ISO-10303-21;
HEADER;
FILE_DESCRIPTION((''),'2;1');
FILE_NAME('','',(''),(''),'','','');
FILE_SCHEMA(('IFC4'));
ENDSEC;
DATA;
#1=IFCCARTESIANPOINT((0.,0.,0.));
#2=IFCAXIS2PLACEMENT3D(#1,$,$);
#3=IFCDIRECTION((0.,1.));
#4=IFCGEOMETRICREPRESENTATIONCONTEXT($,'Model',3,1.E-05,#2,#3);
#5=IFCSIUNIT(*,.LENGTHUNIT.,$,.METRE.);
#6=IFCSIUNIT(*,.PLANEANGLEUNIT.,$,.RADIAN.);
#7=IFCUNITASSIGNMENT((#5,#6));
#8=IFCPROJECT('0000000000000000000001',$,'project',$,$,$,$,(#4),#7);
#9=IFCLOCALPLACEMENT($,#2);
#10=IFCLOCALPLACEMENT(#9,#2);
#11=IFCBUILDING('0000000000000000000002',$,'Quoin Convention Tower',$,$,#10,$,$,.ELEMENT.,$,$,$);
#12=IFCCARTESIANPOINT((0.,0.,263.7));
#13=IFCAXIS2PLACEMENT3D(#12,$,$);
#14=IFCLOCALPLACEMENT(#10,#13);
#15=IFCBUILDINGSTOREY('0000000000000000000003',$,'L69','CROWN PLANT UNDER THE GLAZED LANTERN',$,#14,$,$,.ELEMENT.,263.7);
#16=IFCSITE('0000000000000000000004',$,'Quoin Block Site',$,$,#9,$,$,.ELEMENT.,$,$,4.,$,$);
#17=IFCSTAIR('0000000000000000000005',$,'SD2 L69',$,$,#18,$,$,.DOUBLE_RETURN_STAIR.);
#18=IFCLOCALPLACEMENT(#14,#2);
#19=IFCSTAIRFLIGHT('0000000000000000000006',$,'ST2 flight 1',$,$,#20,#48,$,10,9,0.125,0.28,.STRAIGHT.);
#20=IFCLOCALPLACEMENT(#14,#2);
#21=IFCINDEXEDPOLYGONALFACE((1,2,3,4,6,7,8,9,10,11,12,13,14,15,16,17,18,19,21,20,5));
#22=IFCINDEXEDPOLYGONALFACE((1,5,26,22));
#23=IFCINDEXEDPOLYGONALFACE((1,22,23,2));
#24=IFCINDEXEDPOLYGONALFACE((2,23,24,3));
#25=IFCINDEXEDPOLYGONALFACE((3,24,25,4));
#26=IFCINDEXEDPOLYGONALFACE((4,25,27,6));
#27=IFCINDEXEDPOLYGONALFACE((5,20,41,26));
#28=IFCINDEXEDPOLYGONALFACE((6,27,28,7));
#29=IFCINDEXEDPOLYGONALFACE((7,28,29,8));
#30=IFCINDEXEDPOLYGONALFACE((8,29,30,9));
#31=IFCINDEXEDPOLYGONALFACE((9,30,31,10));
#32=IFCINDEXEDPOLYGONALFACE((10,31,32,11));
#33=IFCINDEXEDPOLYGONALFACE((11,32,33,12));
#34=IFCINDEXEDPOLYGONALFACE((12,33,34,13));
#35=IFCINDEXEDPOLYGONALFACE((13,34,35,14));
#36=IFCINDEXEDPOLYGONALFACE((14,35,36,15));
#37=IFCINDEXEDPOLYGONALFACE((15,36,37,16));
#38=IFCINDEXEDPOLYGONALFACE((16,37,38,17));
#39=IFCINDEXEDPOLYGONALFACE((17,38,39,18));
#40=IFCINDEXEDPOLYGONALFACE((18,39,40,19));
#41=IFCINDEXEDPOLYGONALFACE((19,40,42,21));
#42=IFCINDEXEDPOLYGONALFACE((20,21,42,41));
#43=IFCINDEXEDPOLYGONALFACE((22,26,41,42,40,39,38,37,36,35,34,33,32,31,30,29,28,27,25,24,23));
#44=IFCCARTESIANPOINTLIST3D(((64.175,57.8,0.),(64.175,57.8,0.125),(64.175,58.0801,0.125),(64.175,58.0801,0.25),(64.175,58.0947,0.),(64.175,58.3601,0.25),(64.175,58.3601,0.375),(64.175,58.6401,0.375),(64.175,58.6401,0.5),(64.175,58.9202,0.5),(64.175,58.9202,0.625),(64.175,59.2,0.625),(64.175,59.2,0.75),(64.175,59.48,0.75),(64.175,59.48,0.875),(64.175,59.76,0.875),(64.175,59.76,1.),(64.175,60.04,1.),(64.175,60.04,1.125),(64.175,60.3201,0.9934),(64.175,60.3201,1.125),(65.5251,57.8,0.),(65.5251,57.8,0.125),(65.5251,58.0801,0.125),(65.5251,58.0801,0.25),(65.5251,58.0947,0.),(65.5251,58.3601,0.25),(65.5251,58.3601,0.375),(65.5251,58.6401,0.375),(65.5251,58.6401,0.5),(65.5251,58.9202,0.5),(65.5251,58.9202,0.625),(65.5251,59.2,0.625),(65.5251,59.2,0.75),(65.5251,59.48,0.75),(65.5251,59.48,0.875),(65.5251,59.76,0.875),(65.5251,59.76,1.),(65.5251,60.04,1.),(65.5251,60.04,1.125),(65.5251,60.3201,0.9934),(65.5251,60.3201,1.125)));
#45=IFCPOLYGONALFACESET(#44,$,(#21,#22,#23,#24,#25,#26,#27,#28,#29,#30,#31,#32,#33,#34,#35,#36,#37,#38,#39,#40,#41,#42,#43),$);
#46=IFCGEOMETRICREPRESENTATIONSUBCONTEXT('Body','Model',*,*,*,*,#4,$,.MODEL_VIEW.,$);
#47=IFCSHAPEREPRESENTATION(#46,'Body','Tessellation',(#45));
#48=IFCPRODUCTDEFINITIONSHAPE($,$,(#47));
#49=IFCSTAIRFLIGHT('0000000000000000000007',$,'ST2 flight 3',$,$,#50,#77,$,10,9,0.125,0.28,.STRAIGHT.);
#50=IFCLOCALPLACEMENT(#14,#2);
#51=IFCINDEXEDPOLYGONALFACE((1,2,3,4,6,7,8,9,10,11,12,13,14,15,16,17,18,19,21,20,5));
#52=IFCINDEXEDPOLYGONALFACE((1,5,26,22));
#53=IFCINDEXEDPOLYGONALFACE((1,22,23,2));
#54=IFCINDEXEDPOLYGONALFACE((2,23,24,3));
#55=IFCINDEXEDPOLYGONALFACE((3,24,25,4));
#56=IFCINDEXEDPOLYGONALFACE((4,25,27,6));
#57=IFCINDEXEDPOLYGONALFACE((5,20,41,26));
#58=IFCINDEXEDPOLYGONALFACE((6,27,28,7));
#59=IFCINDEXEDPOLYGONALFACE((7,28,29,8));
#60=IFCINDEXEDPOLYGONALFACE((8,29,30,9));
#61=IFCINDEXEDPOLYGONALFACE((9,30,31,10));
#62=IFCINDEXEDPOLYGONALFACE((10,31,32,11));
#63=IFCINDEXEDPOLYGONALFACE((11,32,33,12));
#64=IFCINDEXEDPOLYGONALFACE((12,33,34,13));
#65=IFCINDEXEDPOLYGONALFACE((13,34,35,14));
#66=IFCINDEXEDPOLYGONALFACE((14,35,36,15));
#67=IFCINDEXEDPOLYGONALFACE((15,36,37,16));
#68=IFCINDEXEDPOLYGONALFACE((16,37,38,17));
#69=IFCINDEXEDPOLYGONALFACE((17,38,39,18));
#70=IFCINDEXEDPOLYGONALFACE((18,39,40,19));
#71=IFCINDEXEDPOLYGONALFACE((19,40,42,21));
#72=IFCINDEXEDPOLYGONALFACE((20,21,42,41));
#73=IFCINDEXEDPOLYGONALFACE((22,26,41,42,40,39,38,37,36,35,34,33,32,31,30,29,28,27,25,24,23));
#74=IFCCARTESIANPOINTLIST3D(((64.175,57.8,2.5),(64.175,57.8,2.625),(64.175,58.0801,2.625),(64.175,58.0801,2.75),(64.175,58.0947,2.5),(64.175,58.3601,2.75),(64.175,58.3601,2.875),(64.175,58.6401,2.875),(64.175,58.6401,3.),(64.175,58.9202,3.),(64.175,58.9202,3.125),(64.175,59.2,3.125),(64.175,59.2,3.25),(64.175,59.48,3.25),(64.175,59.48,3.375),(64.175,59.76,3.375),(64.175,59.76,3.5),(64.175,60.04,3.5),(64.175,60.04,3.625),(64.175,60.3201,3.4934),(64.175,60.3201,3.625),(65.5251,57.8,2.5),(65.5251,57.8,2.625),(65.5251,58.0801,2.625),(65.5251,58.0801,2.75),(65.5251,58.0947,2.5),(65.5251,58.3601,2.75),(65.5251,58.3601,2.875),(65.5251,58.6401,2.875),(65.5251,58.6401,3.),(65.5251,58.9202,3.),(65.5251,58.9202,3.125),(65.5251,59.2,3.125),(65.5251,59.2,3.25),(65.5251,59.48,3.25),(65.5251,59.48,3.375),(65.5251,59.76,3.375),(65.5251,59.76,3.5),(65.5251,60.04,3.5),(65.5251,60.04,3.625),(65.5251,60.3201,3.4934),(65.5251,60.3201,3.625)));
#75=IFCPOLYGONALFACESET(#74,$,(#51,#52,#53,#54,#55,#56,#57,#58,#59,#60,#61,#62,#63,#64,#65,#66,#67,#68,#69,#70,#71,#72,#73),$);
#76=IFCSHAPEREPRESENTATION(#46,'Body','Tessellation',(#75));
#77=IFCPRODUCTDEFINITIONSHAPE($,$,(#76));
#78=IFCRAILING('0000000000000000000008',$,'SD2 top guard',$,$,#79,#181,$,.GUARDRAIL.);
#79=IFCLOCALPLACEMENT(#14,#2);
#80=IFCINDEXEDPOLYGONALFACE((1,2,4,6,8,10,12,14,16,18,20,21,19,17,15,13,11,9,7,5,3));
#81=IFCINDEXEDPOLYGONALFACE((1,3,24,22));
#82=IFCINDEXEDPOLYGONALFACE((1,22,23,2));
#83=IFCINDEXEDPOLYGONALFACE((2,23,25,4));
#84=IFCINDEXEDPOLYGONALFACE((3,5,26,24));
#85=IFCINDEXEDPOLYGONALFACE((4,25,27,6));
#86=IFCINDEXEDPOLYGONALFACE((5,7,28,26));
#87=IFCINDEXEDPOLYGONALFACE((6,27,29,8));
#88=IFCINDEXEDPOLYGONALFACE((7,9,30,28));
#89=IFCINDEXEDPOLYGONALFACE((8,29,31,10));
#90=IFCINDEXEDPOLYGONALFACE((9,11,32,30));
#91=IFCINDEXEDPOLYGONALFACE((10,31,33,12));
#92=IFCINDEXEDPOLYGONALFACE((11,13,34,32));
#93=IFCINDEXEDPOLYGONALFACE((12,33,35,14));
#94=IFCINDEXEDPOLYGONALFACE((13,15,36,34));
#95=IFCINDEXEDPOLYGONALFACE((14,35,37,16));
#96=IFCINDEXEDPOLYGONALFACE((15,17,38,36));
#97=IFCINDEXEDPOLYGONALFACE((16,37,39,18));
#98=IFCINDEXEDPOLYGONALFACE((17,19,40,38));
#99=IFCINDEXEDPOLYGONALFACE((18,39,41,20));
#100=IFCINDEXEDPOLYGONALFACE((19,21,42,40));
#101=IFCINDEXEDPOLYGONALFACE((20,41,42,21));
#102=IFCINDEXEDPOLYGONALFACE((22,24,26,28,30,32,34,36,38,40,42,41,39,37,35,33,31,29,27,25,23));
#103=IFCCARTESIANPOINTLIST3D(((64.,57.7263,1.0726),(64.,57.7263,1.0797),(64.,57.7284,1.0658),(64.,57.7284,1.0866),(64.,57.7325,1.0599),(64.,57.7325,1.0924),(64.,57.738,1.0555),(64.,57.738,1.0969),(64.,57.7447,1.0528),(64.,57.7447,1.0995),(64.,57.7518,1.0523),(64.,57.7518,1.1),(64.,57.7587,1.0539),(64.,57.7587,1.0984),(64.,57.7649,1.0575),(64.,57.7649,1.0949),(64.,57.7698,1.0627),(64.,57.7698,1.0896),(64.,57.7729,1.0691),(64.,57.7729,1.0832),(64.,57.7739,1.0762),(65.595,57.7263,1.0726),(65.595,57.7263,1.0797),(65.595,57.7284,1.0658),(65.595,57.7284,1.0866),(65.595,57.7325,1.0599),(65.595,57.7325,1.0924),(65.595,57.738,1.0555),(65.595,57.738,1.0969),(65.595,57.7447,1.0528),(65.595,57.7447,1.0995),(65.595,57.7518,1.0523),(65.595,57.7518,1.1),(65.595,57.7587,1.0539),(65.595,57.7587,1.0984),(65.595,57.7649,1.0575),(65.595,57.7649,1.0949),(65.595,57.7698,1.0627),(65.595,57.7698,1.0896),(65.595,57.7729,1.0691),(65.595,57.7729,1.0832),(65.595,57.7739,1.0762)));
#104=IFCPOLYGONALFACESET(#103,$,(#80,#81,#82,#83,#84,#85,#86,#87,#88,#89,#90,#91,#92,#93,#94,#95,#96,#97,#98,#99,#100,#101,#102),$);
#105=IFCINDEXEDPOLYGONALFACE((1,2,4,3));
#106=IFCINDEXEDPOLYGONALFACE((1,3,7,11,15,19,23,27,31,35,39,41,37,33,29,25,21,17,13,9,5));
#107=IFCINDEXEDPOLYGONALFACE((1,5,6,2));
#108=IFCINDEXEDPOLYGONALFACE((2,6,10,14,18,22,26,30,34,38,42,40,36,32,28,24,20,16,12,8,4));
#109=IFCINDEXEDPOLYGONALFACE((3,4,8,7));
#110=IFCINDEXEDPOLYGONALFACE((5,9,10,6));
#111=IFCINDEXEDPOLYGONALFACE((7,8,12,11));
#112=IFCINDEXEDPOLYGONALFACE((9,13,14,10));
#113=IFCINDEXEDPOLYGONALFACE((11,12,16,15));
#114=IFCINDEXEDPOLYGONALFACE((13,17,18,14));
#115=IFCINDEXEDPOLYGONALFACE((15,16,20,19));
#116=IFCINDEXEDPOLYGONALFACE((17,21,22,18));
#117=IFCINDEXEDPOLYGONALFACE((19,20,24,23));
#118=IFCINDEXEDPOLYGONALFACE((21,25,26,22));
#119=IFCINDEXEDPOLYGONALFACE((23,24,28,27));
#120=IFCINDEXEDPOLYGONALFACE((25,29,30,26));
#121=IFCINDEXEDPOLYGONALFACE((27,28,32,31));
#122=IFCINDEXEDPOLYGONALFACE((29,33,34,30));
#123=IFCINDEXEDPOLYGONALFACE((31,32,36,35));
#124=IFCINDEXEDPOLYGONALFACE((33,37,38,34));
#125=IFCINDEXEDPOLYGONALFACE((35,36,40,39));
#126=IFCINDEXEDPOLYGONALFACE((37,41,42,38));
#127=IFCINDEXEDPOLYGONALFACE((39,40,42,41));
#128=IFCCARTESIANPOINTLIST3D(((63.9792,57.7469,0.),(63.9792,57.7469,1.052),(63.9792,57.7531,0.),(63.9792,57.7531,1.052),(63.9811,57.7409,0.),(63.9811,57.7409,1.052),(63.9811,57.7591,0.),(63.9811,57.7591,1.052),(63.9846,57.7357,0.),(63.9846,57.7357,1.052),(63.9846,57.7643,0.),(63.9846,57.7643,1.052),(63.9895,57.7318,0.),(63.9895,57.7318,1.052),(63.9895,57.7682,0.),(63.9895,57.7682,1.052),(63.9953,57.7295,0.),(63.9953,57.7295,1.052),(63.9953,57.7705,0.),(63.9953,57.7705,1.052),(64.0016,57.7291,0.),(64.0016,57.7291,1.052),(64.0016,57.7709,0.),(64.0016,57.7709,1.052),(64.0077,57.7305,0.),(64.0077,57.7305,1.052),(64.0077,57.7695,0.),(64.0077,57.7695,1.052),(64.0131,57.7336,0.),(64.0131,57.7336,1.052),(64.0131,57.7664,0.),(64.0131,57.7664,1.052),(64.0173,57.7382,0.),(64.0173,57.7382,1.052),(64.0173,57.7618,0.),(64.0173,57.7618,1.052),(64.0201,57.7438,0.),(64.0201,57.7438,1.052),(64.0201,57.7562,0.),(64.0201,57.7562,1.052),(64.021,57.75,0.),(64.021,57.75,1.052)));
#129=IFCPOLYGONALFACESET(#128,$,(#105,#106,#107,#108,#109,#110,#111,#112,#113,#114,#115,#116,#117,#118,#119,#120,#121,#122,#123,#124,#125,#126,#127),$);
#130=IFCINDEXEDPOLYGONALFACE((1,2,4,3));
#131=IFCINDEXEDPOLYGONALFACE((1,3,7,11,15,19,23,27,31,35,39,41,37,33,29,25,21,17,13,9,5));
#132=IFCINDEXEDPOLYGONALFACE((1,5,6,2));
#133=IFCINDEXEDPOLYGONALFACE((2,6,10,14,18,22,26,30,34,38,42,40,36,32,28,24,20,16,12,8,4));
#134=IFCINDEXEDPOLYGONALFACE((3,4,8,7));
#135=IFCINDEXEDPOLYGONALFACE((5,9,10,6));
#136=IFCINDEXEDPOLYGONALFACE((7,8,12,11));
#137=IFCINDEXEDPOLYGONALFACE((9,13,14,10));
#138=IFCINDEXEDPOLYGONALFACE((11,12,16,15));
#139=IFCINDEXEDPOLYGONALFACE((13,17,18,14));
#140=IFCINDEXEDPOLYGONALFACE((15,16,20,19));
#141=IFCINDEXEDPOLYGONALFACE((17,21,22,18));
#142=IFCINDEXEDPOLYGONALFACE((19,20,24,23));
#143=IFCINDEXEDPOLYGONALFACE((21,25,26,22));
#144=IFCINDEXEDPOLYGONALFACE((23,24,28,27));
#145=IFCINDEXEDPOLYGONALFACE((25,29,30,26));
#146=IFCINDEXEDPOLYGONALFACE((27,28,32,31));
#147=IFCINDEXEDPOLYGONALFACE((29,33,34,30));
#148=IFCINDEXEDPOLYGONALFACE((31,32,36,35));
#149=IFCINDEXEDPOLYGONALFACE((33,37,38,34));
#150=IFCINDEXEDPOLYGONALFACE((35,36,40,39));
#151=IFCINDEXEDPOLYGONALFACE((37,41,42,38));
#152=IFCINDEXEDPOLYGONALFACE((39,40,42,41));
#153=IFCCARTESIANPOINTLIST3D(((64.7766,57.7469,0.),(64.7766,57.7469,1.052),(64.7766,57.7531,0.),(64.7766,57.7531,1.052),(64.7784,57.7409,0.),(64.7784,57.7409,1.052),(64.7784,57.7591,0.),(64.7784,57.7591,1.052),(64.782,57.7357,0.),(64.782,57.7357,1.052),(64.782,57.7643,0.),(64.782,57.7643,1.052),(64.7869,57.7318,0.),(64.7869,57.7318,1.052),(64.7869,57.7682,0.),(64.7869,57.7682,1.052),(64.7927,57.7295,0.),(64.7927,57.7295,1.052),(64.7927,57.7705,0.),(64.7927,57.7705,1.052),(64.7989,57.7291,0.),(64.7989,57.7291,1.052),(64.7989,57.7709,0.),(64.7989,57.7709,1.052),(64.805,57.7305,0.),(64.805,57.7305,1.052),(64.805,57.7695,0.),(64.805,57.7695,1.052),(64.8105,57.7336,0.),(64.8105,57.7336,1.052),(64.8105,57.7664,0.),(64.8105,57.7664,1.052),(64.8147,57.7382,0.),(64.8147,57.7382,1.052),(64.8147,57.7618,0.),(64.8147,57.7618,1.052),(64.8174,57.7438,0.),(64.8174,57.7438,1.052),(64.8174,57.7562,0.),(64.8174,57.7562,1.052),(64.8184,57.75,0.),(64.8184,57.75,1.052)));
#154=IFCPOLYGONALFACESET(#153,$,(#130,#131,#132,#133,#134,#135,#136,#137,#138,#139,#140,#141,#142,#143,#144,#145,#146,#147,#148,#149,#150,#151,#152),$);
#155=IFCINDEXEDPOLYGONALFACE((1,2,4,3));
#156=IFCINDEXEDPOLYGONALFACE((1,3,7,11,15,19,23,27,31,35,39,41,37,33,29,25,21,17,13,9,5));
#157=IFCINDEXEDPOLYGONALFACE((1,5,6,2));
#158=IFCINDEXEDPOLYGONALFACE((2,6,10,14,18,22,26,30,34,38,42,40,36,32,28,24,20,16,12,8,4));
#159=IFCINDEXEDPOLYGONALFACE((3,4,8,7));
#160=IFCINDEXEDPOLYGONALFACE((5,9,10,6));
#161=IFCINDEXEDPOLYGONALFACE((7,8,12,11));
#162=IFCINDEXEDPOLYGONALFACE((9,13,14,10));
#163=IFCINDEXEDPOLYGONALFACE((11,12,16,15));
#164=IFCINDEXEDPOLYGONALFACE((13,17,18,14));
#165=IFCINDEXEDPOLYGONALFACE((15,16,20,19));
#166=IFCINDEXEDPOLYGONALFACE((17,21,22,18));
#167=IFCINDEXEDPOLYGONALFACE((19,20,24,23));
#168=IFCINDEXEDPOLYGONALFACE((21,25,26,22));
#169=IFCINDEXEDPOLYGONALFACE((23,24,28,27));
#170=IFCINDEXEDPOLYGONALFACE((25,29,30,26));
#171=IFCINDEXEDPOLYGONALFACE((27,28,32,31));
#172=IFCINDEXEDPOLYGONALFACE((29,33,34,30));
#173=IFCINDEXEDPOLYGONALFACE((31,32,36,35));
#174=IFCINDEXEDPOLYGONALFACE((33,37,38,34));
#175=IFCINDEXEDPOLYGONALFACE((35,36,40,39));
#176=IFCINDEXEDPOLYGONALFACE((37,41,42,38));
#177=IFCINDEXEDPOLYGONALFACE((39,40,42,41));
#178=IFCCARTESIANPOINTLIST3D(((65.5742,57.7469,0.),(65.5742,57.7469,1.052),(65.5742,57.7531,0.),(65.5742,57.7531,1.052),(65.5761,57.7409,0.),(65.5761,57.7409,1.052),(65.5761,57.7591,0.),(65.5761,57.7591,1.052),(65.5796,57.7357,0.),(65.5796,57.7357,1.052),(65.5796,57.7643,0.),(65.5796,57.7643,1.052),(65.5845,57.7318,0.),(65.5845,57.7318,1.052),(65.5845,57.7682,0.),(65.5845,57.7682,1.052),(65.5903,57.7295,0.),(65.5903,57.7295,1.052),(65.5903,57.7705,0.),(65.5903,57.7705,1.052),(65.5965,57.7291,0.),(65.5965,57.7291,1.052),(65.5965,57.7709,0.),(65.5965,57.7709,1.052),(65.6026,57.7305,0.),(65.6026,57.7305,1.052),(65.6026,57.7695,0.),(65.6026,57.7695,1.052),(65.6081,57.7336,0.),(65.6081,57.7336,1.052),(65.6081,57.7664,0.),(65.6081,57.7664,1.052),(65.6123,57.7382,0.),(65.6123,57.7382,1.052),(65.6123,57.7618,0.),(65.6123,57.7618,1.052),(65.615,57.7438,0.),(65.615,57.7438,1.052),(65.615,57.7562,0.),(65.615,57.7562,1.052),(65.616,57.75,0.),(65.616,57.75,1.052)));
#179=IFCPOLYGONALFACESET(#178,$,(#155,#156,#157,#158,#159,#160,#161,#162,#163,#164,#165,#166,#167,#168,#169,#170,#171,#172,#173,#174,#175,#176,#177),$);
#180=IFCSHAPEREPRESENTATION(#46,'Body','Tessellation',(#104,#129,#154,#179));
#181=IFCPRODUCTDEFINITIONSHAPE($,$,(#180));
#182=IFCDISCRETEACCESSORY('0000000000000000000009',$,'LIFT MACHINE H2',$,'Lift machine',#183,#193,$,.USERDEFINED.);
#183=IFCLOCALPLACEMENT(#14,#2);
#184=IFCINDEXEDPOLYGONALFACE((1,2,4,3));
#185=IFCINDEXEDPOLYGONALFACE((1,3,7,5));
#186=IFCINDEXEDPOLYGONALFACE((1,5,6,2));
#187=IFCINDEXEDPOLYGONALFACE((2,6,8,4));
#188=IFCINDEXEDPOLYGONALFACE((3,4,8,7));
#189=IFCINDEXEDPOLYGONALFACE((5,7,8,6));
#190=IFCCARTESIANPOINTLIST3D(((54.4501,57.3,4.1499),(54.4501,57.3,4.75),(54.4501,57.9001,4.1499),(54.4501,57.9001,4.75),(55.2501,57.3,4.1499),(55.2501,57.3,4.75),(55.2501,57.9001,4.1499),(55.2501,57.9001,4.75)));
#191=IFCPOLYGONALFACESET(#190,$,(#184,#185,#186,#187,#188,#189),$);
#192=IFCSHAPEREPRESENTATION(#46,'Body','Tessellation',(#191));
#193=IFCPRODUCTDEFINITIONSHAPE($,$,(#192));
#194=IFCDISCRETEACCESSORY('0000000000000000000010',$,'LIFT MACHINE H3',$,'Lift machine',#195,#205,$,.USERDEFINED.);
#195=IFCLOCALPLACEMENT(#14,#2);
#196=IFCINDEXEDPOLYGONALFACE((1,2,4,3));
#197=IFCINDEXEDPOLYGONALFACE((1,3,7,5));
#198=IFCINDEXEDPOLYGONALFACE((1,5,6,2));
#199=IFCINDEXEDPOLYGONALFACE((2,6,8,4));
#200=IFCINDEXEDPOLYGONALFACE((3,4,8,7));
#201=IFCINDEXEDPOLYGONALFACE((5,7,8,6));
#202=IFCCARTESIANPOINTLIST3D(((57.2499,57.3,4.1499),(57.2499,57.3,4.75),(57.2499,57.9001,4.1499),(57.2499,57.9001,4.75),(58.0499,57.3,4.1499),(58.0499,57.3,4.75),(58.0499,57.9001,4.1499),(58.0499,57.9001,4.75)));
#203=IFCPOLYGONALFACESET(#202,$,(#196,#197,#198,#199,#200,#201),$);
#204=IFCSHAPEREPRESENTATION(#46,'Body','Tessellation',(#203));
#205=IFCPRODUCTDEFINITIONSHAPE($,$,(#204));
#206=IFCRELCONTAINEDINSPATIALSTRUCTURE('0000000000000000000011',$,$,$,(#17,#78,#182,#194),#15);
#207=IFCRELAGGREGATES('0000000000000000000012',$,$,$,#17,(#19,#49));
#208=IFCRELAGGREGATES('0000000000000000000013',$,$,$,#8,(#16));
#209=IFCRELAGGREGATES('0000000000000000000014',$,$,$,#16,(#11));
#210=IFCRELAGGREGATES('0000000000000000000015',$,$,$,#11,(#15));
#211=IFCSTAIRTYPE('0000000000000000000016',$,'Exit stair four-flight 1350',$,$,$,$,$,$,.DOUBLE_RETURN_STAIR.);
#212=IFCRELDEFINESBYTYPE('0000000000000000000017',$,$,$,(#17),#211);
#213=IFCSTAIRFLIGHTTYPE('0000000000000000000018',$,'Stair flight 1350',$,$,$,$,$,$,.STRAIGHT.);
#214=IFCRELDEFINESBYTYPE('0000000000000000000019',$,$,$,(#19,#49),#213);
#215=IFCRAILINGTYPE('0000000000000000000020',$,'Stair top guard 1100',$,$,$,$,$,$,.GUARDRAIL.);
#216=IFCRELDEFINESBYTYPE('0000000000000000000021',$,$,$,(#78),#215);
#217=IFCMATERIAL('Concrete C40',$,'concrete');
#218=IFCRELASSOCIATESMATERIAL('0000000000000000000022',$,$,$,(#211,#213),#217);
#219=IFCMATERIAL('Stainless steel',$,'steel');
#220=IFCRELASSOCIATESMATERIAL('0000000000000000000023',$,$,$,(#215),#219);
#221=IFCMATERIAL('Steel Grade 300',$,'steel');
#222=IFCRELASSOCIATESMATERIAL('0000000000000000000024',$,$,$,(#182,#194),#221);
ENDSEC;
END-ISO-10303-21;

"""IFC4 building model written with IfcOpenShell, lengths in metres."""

from ifc_helpers import new_model, si_unit, direction, frame, origin, origin_2d, place, context, subcontext, project, spatial, polyline, rectangle, circle, outline, extrude, material, type_object, element, aggregate, save


model = new_model("IFC4")

# Units and contexts
model_context = context("Model", 3, precision=1e-05, world=origin(), true_north=direction((0.0, 1.0)))
body_context = subcontext(model_context, "Body", "Model", "MODEL_VIEW")
ifc_project = project(units=[si_unit("LENGTHUNIT", "METRE"), si_unit("PLANEANGLEUNIT", "RADIAN")], contexts=[model_context])

# Site, building, storey
site_placement = place(None, origin())
site = spatial("IfcSite", under=ifc_project, at=site_placement, Name="Quoin Block Site", CompositionType="ELEMENT", RefElevation=4.0)
building_placement = place(site_placement, origin())
building = spatial("IfcBuilding", under=site, at=building_placement, Name="Quoin Convention Tower", CompositionType="ELEMENT")
storey_placement = place(building_placement, frame((0.0, 0.0, 263.7)))
storey = spatial("IfcBuildingStorey", under=building, at=storey_placement, Name="L69", Description="CROWN PLANT UNDER THE GLAZED LANTERN", CompositionType="ELEMENT", Elevation=263.7)

# Shared definitions
ifc_material_1 = material(Name="Steel Grade 300", Category="steel")

# Stair, stair flights
ifc_material_2 = material(Name="Concrete C40", Category="concrete")
stair_type = type_object("IfcStairType", Name="Exit stair four-flight 1350", PredefinedType="DOUBLE_RETURN_STAIR", material=ifc_material_2)
stair_placement = place(storey_placement, origin())
stair = element("IfcStair", 1, at=stair_placement, inside=storey, type_object=stair_type, Name="SD2 L69", PredefinedType="DOUBLE_RETURN_STAIR")
stair_flight_type = type_object("IfcStairFlightType", Name="Stair flight 1350", PredefinedType="STRAIGHT", material=ifc_material_2)
stair_flight_1_placement = place(storey_placement, frame((64.8501, 57.8, 0.0), z_axis=(0.0, 0.0, 1.0), x_axis=(0.0, 1.0, 0.0)))
stair_flight_1 = element("IfcStairFlight", 2, at=stair_flight_1_placement, type_object=stair_flight_type, Name="ST2 flight 1", NumberOfRisers=10, NumberOfTreads=9, PredefinedType="STRAIGHT", RiserHeight=0.125, TreadLength=0.28, context=body_context, shape_type="SweptSolid", body=[
    extrude(outline(polyline([(0.0, 0.0), (0.0, 0.125), (0.28, 0.125), (0.28, 0.25), (0.5601, 0.25), (0.5601, 0.375), (0.8401, 0.375), (0.8401, 0.5), (1.1201, 0.5), (1.1201, 0.625), (1.3999, 0.625), (1.3999, 0.75), (1.6799, 0.75), (1.6799, 0.875), (1.96, 0.875), (1.96, 1.0), (2.24, 1.0), (2.24, 1.125), (2.52, 1.125), (2.52, 1.25), (2.52, 0.9934), (0.2947, 0.0), (0.0, 0.0)])), frame((0.0, 0.675, 0.0), z_axis=(0.0, -1.0, 0.0), x_axis=(1.0, 0.0, 0.0)), (0.0, 0.0, 1.0), 1.3501),
])
stair_flight_2_placement = place(storey_placement, frame((64.8501, 57.8, 2.5), z_axis=(0.0, 0.0, 1.0), x_axis=(0.0, 1.0, 0.0)))
stair_flight_2 = element("IfcStairFlight", 3, at=stair_flight_2_placement, type_object=stair_flight_type, Name="ST2 flight 3", NumberOfRisers=10, NumberOfTreads=9, PredefinedType="STRAIGHT", RiserHeight=0.125, TreadLength=0.28, context=body_context, shape_type="SweptSolid", body=[
    extrude(outline(polyline([(0.0, 0.0), (0.0, 0.125), (0.28, 0.125), (0.28, 0.25), (0.5601, 0.25), (0.5601, 0.375), (0.8401, 0.375), (0.8401, 0.5), (1.1201, 0.5), (1.1201, 0.625), (1.3999, 0.625), (1.3999, 0.75), (1.6799, 0.75), (1.6799, 0.875), (1.96, 0.875), (1.96, 1.0), (2.24, 1.0), (2.24, 1.125), (2.52, 1.125), (2.52, 1.25), (2.52, 0.9934), (0.2947, 0.0), (0.0, 0.0)])), frame((0.0, 0.675, 0.0), z_axis=(0.0, -1.0, 0.0), x_axis=(1.0, 0.0, 0.0)), (0.0, 0.0, 1.0), 1.3501),
])
aggregate(stair, [stair_flight_1, stair_flight_2])

# Railing
ifc_material_3 = material(Name="Stainless steel", Category="steel")
railing_type_1 = type_object("IfcRailingType", Name="Stair top guard 1100", PredefinedType="GUARDRAIL", material=ifc_material_3)
railing_1_placement = place(storey_placement, frame((64.0, 57.75, 0.0)))
element("IfcRailing", 4, at=railing_1_placement, inside=storey, type_object=railing_type_1, Name="SD2 top guard", PredefinedType="GUARDRAIL", context=body_context, shape_type="SweptSolid", body=[
    extrude(circle(Radius=0.0239, at=origin_2d()), frame((0.0, 0.0, 1.0762), z_axis=(1.0, 0.0, 0.0), x_axis=(0.0, 1.0, 0.0)), (0.0, 0.0, 1.0), 1.595),
    extrude(circle(Radius=0.021, at=origin_2d()), origin(), (0.0, 0.0, 1.0), 1.052),
    extrude(circle(Radius=0.021, at=origin_2d()), frame((0.7974, 0.0, 0.0)), (0.0, 0.0, 1.0), 1.052),
    extrude(circle(Radius=0.021, at=origin_2d()), frame((1.595, 0.0, 0.0)), (0.0, 0.0, 1.0), 1.052),
])

# Discrete accessories
for number, where, z_axis, x_axis, name in (
    (5, (54.8501, 57.6001, 4.1499), (0.0, 0.0, 1.0), (1.0, 0.0, 0.0), "LIFT MACHINE H2"),
    (6, (57.6499, 57.6001, 4.1499), (0.0, 0.0, 1.0), (1.0, 0.0, 0.0), "LIFT MACHINE H3"),
):
    element("IfcDiscreteAccessory", number, at=place(storey_placement, frame(where, z_axis=z_axis, x_axis=x_axis)), inside=storey, material=ifc_material_1, Name=name, ObjectType="Lift machine", PredefinedType="USERDEFINED", context=body_context, shape_type="SweptSolid", body=[
        extrude(rectangle(XDim=0.8, YDim=0.6001, at=origin_2d()), origin(), (0.0, 0.0, 1.0), 0.6001),
    ])

save(model, "model.ifc")
